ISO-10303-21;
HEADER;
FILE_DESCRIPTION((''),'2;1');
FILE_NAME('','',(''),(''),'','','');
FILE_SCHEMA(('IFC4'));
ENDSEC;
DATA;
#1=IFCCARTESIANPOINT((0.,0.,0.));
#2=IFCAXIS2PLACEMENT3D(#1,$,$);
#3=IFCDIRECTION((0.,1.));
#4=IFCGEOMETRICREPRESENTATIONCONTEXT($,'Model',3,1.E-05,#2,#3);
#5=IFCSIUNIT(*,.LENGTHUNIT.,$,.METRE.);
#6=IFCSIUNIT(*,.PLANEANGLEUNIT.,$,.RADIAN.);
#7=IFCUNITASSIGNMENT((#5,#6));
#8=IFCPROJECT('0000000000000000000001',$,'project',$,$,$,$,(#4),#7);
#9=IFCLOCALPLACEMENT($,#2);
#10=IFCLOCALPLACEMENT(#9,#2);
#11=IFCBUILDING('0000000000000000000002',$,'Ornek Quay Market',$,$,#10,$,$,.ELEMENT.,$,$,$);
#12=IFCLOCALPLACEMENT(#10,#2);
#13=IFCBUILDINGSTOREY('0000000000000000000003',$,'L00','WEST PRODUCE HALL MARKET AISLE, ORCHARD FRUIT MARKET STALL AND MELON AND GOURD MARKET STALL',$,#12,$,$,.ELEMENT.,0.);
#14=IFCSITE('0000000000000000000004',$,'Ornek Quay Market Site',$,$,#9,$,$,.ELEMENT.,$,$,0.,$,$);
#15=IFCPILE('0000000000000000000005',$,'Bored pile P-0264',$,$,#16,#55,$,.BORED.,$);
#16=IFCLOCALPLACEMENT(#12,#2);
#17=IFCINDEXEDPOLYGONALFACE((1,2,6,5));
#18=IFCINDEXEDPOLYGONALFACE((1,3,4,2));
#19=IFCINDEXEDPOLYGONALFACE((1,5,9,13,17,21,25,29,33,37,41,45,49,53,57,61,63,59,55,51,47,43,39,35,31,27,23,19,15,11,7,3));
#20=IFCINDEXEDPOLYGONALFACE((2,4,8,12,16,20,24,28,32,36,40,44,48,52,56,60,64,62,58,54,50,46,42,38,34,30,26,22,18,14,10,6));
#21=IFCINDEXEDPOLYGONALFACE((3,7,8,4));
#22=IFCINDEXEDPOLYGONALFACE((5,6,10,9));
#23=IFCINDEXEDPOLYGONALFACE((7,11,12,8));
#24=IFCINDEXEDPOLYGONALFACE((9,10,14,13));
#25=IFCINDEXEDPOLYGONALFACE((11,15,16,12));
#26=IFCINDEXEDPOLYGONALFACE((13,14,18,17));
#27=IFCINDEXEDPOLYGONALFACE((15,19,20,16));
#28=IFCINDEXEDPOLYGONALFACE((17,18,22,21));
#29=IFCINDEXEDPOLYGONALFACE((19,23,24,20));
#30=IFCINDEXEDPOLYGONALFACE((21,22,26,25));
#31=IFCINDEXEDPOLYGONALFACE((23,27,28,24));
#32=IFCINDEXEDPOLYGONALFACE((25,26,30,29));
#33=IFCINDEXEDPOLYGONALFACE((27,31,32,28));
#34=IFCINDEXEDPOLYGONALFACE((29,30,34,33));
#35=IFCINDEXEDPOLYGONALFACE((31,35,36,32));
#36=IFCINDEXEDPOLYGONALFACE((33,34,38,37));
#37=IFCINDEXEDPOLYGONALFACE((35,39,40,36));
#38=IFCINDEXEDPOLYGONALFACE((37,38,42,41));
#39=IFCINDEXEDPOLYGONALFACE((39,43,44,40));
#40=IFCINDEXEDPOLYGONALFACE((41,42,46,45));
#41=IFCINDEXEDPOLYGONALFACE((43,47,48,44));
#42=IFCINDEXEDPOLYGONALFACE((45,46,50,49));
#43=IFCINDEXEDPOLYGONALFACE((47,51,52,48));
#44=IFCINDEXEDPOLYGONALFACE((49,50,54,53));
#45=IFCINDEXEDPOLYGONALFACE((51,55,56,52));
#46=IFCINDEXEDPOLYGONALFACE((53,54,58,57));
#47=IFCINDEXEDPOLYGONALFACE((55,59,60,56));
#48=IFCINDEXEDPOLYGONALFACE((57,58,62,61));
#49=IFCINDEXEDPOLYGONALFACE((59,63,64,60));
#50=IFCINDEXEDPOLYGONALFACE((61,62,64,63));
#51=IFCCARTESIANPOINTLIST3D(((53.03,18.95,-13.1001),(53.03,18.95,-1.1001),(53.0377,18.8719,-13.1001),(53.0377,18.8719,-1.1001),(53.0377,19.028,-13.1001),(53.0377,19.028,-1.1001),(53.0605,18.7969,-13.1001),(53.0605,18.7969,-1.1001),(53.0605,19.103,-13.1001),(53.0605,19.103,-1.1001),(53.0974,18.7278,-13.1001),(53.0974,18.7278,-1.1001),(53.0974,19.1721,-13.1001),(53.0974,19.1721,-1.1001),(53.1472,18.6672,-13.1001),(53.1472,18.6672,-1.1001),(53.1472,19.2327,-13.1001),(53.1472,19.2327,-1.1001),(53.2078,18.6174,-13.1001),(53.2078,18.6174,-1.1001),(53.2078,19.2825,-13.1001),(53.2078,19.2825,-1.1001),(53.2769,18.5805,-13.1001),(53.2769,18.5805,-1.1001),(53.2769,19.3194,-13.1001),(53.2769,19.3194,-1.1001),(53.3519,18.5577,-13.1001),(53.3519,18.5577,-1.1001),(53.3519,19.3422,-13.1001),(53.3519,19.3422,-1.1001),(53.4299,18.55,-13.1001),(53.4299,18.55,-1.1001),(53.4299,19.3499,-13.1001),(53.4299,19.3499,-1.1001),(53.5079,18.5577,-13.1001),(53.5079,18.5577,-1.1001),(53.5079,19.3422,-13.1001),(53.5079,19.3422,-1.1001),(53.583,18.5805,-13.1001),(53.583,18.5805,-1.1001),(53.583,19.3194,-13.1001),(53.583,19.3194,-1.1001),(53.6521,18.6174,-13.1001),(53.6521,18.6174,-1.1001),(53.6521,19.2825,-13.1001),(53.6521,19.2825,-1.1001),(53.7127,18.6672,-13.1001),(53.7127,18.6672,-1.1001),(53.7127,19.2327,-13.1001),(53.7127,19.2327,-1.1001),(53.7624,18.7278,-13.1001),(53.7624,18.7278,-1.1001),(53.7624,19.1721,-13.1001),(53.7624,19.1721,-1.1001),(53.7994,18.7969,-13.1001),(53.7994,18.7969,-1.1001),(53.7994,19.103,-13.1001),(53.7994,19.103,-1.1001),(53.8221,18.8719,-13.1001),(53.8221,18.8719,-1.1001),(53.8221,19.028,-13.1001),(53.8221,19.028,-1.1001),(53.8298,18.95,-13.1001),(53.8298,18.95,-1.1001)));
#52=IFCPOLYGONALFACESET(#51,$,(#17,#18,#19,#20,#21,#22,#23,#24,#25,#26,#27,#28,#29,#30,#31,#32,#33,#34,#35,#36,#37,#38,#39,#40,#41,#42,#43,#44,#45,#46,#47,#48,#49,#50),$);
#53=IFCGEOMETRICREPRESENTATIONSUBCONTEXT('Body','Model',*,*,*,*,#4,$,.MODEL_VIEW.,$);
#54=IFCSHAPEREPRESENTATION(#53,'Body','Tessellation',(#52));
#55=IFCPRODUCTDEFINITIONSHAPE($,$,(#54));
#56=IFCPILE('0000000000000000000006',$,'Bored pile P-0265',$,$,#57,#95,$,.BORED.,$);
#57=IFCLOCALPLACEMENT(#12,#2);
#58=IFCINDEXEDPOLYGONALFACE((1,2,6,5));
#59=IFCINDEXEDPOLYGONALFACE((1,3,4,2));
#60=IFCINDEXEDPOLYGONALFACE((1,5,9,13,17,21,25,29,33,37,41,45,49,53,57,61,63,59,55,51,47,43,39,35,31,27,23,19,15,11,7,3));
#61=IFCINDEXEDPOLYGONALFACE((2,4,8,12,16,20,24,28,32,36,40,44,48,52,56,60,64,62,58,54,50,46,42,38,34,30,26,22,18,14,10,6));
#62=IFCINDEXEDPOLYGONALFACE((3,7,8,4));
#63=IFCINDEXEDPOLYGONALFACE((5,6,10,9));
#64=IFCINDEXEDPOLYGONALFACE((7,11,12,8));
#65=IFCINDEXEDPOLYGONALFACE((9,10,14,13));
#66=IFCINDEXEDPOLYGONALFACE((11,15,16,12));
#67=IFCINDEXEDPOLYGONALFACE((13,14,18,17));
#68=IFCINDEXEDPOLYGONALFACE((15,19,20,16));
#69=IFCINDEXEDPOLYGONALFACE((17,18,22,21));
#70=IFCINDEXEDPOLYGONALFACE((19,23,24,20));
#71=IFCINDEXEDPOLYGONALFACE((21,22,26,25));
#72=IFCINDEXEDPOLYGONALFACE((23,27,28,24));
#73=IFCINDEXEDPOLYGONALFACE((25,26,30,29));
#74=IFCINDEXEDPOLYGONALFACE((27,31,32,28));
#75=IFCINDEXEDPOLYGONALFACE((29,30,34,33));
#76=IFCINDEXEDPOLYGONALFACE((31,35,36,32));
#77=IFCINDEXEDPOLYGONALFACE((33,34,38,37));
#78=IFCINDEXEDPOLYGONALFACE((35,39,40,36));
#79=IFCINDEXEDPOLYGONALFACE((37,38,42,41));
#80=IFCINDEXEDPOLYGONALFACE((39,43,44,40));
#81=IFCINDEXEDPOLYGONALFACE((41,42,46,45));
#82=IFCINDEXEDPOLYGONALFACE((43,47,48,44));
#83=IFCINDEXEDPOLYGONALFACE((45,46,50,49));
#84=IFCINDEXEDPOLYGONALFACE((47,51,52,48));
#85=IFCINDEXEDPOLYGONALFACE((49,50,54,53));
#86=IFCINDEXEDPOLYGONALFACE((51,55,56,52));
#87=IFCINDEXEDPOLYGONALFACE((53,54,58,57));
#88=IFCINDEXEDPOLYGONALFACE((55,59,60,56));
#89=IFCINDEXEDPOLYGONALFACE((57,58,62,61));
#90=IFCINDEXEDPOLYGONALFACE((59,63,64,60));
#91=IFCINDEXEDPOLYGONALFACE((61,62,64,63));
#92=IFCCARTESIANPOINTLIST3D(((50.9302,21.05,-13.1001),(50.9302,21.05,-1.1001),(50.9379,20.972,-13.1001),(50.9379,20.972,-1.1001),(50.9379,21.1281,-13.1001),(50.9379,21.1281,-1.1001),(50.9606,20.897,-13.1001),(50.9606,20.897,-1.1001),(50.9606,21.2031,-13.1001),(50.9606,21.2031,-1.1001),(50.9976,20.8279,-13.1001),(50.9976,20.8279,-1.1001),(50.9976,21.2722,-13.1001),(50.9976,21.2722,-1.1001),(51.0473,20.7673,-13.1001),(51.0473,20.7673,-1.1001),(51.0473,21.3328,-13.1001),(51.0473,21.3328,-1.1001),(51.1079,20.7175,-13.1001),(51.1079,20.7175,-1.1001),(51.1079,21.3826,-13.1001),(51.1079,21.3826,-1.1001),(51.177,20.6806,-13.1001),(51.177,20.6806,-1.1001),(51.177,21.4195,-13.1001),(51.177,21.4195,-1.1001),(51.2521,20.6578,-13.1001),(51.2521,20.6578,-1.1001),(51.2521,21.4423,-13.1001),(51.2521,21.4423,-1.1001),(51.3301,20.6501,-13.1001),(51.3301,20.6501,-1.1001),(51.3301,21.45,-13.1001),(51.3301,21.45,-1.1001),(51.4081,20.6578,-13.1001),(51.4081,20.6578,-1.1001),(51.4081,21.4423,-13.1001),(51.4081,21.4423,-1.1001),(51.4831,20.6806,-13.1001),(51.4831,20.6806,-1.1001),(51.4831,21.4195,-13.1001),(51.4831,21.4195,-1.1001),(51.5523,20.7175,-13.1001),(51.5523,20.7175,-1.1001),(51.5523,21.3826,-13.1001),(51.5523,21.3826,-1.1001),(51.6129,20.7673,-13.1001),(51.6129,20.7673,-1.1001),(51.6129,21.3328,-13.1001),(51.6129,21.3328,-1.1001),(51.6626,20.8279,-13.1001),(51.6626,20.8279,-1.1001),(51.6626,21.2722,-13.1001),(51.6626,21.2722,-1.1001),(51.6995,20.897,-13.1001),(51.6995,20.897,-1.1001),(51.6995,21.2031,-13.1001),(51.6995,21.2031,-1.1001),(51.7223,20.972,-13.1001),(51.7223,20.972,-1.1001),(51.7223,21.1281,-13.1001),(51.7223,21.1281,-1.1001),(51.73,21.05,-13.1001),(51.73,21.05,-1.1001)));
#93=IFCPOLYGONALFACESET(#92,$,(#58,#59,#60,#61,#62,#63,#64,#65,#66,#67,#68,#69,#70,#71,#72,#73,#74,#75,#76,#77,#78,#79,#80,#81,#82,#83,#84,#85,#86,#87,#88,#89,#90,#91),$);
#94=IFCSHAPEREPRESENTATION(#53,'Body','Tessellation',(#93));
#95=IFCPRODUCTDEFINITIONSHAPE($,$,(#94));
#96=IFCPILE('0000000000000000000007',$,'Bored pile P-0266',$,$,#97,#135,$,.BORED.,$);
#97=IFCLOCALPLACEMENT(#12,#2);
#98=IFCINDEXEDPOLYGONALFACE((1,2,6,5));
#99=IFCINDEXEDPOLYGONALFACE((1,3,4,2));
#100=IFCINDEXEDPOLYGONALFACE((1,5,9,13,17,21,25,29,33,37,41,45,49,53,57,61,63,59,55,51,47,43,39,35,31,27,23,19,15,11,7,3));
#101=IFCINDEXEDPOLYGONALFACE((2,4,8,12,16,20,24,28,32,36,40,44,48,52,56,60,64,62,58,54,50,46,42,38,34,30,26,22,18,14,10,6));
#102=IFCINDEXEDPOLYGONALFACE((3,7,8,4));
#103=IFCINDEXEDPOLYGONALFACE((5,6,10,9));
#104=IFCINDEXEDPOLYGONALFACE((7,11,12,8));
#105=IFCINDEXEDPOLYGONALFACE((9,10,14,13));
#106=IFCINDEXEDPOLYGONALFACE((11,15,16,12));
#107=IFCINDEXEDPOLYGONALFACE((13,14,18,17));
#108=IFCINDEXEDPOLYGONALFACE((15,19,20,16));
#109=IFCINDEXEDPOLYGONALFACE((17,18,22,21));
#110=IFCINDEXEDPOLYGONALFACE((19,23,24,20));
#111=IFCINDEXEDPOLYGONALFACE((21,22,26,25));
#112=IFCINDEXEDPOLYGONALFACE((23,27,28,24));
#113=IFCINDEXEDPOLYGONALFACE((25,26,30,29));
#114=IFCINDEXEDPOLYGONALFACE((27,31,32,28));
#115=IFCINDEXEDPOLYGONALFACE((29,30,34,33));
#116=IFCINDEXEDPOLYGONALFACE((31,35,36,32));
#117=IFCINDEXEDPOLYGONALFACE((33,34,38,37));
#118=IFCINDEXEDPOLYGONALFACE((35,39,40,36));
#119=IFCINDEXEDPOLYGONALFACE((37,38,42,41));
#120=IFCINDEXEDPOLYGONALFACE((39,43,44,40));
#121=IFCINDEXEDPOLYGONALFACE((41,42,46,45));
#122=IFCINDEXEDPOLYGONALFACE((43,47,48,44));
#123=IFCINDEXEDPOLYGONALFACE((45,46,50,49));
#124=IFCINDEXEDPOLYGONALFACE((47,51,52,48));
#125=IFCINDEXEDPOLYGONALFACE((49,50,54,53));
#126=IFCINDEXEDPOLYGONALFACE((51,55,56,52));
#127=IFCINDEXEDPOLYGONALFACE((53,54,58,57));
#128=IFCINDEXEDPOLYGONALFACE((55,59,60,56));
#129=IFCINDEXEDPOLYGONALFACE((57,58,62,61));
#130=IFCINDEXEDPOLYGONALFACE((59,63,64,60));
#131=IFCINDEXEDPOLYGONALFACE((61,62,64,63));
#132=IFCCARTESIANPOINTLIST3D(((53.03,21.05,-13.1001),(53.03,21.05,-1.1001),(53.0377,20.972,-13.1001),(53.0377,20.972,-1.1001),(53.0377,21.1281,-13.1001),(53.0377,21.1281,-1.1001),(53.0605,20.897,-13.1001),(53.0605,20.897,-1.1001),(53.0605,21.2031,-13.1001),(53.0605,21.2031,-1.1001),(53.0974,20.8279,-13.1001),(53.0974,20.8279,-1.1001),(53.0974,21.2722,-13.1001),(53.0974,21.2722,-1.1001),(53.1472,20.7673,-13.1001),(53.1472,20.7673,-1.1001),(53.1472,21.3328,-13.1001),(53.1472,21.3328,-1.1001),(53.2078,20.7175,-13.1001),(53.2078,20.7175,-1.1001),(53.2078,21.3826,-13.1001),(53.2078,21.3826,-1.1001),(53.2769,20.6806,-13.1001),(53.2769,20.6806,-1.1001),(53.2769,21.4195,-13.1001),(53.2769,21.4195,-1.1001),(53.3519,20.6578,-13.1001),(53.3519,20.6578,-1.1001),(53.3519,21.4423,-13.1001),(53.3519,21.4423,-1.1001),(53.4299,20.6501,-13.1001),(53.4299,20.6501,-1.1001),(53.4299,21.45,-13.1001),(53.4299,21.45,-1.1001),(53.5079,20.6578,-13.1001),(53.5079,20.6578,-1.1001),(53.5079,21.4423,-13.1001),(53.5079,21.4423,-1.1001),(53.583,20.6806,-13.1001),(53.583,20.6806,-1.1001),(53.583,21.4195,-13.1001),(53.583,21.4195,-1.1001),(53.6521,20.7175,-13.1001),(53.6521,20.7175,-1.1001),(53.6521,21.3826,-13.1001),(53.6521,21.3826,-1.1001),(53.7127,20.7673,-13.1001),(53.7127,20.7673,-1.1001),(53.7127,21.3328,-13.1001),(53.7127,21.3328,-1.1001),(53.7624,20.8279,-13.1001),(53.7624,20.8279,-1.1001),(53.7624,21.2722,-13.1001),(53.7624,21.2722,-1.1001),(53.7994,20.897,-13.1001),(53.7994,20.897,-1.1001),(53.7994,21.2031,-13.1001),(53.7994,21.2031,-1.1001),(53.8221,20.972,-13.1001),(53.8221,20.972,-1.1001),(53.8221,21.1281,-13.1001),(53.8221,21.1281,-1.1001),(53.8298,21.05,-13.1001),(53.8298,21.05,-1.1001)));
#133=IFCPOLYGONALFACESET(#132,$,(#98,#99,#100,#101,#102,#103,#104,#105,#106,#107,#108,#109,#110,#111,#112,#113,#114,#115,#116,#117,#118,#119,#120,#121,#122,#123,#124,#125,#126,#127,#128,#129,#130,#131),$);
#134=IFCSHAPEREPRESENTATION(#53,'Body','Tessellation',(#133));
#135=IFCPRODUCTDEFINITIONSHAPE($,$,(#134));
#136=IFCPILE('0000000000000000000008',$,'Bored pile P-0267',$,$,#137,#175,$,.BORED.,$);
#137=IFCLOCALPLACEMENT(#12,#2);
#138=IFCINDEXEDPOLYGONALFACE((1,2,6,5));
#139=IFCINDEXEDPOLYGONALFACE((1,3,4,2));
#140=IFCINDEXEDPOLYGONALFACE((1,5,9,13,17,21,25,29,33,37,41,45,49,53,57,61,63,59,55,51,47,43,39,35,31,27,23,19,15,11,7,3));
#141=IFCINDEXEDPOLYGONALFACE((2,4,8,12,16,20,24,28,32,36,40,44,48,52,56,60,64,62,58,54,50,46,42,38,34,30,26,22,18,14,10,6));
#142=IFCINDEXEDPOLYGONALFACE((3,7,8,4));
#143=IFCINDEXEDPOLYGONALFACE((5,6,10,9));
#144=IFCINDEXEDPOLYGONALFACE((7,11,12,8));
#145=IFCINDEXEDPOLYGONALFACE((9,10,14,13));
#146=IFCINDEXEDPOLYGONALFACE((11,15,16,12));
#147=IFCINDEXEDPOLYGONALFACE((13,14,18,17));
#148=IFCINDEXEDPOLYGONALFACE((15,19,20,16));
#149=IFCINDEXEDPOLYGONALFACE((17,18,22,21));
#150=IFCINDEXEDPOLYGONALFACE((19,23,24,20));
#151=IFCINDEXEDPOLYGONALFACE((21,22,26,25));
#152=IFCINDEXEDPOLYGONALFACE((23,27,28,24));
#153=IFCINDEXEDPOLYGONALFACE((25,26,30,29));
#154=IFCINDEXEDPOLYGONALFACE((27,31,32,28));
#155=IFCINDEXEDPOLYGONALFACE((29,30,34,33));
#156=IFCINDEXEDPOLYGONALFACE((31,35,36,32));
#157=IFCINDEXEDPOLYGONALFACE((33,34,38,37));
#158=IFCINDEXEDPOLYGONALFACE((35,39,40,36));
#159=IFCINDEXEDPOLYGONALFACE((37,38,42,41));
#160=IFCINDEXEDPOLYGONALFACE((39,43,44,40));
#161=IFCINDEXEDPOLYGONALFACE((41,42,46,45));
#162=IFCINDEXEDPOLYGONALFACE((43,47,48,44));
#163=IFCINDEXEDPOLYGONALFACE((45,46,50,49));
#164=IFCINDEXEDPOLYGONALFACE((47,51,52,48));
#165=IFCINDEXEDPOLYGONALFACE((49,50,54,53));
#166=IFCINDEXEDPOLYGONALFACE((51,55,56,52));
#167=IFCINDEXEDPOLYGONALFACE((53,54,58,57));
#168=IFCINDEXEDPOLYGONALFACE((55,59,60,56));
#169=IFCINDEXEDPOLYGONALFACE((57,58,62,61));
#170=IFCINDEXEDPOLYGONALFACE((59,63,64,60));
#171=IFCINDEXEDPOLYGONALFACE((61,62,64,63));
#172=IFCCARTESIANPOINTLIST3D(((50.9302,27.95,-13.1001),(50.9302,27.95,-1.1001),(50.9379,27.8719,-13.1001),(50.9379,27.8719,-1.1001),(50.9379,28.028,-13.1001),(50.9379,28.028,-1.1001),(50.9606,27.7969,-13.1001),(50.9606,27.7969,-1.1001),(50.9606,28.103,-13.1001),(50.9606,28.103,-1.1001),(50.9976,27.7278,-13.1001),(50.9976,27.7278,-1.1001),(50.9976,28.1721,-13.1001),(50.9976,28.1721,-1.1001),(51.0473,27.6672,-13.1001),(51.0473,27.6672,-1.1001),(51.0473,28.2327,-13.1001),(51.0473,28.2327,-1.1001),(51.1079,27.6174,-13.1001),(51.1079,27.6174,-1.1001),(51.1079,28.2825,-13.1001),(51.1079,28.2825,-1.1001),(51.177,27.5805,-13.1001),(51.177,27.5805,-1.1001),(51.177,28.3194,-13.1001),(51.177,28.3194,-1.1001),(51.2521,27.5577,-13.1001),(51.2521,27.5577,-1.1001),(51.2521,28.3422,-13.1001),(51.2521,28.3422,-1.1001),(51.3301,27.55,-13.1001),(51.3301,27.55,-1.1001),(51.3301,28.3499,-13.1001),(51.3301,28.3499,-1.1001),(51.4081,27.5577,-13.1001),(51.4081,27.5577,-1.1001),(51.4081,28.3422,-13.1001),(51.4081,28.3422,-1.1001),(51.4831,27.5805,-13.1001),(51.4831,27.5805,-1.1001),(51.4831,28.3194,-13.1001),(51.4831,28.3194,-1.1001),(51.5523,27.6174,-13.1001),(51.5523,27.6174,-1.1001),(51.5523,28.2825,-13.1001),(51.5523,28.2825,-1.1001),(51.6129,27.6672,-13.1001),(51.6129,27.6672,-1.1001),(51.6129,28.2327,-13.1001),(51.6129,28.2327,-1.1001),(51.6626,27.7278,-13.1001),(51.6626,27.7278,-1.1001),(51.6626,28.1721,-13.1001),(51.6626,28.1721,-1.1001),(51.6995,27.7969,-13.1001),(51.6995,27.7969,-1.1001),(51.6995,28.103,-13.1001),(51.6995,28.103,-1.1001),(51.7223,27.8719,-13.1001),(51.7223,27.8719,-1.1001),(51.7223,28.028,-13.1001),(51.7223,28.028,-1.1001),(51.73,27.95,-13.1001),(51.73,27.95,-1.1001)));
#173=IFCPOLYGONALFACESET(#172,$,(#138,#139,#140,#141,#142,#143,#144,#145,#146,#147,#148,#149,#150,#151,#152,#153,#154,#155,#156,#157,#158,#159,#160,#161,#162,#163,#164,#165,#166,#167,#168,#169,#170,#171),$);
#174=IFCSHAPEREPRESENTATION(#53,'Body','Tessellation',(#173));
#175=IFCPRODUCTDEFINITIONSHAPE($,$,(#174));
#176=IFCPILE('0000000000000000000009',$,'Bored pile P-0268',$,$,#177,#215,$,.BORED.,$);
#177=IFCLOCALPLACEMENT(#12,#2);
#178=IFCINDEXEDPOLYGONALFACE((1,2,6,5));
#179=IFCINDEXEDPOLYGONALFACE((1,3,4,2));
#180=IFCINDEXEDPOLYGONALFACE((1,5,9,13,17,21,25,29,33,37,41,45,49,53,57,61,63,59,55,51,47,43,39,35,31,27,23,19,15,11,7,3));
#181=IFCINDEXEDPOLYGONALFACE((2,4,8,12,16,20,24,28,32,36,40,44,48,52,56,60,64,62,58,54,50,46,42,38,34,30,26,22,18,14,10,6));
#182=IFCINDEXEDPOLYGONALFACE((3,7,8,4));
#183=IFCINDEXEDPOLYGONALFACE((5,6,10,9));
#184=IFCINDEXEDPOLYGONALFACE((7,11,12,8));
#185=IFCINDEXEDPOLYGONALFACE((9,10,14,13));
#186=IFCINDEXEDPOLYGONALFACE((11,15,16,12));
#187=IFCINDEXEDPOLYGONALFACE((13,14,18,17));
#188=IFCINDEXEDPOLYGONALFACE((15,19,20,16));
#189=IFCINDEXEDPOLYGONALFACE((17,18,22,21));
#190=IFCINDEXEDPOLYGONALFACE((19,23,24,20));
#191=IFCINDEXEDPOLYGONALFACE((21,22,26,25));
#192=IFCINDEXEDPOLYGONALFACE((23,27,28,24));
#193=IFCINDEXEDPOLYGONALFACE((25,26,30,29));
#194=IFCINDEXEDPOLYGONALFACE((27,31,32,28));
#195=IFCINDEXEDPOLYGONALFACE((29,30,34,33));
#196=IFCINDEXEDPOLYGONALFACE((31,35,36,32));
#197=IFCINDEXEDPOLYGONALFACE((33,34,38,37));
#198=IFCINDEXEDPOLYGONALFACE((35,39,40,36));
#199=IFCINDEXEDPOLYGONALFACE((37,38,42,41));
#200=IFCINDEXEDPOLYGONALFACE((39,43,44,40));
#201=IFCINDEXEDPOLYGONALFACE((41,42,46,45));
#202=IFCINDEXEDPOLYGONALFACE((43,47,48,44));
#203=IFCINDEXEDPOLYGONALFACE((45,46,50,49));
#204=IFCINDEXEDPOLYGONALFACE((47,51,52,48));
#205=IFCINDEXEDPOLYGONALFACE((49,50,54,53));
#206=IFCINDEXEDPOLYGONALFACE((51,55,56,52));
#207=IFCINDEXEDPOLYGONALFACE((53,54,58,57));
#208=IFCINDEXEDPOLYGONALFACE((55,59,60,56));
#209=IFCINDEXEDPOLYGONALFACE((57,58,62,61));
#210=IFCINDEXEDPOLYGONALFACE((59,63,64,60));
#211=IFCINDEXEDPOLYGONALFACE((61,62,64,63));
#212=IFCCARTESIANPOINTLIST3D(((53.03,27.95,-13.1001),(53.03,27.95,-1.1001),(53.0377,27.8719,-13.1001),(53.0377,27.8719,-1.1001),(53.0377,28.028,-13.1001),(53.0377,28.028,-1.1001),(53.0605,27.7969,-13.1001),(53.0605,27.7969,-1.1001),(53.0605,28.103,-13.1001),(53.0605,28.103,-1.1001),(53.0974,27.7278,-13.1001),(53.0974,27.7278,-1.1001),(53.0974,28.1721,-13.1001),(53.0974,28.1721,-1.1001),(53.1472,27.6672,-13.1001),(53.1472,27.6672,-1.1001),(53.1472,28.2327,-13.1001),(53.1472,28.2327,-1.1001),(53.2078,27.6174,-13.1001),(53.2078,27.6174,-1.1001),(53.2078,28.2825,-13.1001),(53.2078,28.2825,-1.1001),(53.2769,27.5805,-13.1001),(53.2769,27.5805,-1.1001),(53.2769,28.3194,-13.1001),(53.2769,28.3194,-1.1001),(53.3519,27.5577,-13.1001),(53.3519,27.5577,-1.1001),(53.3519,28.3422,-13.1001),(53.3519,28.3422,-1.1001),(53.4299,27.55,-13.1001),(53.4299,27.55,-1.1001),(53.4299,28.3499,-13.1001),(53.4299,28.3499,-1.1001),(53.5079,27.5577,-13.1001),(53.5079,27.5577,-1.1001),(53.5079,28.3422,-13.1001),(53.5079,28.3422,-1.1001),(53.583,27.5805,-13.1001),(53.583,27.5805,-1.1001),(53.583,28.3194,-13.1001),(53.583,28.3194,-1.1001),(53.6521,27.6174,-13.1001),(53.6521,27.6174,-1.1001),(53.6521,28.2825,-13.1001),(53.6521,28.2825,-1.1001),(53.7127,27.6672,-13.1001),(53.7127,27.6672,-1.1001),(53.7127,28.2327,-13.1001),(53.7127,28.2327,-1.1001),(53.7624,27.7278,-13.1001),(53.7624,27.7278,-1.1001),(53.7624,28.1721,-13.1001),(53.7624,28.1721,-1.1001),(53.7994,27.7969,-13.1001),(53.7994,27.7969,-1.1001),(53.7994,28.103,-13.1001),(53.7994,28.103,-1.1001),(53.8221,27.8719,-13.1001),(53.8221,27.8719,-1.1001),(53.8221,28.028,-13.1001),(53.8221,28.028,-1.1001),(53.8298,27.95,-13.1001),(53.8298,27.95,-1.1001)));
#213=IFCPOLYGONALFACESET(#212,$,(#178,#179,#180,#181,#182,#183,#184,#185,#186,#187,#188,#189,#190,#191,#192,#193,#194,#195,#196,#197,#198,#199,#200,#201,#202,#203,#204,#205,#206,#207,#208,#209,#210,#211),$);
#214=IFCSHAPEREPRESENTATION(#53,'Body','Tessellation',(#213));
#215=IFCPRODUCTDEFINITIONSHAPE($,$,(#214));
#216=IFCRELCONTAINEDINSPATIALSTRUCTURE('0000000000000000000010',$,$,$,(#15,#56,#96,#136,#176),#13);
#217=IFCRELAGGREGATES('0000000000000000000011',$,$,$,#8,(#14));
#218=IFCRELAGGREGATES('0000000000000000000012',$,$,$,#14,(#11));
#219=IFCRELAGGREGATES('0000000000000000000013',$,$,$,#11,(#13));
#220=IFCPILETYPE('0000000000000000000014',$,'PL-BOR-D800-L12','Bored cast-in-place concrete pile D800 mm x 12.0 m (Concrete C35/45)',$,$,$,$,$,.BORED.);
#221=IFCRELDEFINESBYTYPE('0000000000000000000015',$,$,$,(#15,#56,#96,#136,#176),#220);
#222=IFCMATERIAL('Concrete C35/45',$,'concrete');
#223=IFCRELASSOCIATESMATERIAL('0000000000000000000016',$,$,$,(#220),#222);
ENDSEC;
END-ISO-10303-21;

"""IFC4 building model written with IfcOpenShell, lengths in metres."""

from ifc_helpers import new_model, si_unit, direction, frame, origin, origin_2d, place, context, subcontext, project, spatial, circle, extrude, material, material_profile, profile_set, type_object, element, save


model = new_model("IFC4")

# Units and contexts
model_context = context("Model", 3, precision=1e-05, world=origin(), true_north=direction((0.0, 1.0)))
body_context = subcontext(model_context, "Body", "Model", "MODEL_VIEW")
ifc_project = project(units=[si_unit("LENGTHUNIT", "METRE"), si_unit("PLANEANGLEUNIT", "RADIAN")], contexts=[model_context])

# Site, building, storey
site_placement = place(None, origin())
site = spatial("IfcSite", under=ifc_project, at=site_placement, Name="Ornek Quay Market Site", CompositionType="ELEMENT", RefElevation=0.0)
building_placement = place(site_placement, origin())
building = spatial("IfcBuilding", under=site, at=building_placement, Name="Ornek Quay Market", CompositionType="ELEMENT")
storey_placement = place(building_placement, origin())
storey = spatial("IfcBuildingStorey", under=building, at=storey_placement, Name="L00", Description="WEST PRODUCE HALL MARKET AISLE, ORCHARD FRUIT MARKET STALL AND MELON AND GOURD MARKET STALL", CompositionType="ELEMENT", Elevation=0.0)

# Piles
ifc_material_1 = material(Name="Concrete C35/45", Category="concrete")
ifc_material_profile_1 = material_profile(ifc_material_1, circle(Radius=0.3999, at=origin_2d()), Name="PILE D800", Category="concrete")
ifc_profile_set_1 = profile_set([ifc_material_profile_1], Name="Concrete C35/45")
pile_type = type_object("IfcPileType", Name="PL-BOR-D800-L12", Description="Bored cast-in-place concrete pile D800 mm x 12.0 m (Concrete C35/45)", PredefinedType="BORED", material=ifc_profile_set_1)
for number, where, z_axis, x_axis, name in (
    (1, (53.4299, 18.95, -1.1001), (0.0, 0.0, -1.0), (1.0, 0.0, 0.0), "Bored pile P-0264"),
    (2, (51.3301, 21.05, -1.1001), (0.0, 0.0, -1.0), (1.0, 0.0, 0.0), "Bored pile P-0265"),
    (3, (53.4299, 21.05, -1.1001), (0.0, 0.0, -1.0), (1.0, 0.0, 0.0), "Bored pile P-0266"),
    (4, (51.3301, 27.95, -1.1001), (0.0, 0.0, -1.0), (1.0, 0.0, 0.0), "Bored pile P-0267"),
    (5, (53.4299, 27.95, -1.1001), (0.0, 0.0, -1.0), (1.0, 0.0, 0.0), "Bored pile P-0268"),
):
    element("IfcPile", number, at=place(storey_placement, frame(where, z_axis=z_axis, x_axis=x_axis)), inside=storey, type_object=pile_type, Name=name, PredefinedType="BORED", context=body_context, shape_type="SweptSolid", body=[
        extrude(circle(Radius=0.3999, at=origin_2d()), origin(), (0.0, 0.0, 1.0), 12.0),
    ])

save(model, "model.ifc")
